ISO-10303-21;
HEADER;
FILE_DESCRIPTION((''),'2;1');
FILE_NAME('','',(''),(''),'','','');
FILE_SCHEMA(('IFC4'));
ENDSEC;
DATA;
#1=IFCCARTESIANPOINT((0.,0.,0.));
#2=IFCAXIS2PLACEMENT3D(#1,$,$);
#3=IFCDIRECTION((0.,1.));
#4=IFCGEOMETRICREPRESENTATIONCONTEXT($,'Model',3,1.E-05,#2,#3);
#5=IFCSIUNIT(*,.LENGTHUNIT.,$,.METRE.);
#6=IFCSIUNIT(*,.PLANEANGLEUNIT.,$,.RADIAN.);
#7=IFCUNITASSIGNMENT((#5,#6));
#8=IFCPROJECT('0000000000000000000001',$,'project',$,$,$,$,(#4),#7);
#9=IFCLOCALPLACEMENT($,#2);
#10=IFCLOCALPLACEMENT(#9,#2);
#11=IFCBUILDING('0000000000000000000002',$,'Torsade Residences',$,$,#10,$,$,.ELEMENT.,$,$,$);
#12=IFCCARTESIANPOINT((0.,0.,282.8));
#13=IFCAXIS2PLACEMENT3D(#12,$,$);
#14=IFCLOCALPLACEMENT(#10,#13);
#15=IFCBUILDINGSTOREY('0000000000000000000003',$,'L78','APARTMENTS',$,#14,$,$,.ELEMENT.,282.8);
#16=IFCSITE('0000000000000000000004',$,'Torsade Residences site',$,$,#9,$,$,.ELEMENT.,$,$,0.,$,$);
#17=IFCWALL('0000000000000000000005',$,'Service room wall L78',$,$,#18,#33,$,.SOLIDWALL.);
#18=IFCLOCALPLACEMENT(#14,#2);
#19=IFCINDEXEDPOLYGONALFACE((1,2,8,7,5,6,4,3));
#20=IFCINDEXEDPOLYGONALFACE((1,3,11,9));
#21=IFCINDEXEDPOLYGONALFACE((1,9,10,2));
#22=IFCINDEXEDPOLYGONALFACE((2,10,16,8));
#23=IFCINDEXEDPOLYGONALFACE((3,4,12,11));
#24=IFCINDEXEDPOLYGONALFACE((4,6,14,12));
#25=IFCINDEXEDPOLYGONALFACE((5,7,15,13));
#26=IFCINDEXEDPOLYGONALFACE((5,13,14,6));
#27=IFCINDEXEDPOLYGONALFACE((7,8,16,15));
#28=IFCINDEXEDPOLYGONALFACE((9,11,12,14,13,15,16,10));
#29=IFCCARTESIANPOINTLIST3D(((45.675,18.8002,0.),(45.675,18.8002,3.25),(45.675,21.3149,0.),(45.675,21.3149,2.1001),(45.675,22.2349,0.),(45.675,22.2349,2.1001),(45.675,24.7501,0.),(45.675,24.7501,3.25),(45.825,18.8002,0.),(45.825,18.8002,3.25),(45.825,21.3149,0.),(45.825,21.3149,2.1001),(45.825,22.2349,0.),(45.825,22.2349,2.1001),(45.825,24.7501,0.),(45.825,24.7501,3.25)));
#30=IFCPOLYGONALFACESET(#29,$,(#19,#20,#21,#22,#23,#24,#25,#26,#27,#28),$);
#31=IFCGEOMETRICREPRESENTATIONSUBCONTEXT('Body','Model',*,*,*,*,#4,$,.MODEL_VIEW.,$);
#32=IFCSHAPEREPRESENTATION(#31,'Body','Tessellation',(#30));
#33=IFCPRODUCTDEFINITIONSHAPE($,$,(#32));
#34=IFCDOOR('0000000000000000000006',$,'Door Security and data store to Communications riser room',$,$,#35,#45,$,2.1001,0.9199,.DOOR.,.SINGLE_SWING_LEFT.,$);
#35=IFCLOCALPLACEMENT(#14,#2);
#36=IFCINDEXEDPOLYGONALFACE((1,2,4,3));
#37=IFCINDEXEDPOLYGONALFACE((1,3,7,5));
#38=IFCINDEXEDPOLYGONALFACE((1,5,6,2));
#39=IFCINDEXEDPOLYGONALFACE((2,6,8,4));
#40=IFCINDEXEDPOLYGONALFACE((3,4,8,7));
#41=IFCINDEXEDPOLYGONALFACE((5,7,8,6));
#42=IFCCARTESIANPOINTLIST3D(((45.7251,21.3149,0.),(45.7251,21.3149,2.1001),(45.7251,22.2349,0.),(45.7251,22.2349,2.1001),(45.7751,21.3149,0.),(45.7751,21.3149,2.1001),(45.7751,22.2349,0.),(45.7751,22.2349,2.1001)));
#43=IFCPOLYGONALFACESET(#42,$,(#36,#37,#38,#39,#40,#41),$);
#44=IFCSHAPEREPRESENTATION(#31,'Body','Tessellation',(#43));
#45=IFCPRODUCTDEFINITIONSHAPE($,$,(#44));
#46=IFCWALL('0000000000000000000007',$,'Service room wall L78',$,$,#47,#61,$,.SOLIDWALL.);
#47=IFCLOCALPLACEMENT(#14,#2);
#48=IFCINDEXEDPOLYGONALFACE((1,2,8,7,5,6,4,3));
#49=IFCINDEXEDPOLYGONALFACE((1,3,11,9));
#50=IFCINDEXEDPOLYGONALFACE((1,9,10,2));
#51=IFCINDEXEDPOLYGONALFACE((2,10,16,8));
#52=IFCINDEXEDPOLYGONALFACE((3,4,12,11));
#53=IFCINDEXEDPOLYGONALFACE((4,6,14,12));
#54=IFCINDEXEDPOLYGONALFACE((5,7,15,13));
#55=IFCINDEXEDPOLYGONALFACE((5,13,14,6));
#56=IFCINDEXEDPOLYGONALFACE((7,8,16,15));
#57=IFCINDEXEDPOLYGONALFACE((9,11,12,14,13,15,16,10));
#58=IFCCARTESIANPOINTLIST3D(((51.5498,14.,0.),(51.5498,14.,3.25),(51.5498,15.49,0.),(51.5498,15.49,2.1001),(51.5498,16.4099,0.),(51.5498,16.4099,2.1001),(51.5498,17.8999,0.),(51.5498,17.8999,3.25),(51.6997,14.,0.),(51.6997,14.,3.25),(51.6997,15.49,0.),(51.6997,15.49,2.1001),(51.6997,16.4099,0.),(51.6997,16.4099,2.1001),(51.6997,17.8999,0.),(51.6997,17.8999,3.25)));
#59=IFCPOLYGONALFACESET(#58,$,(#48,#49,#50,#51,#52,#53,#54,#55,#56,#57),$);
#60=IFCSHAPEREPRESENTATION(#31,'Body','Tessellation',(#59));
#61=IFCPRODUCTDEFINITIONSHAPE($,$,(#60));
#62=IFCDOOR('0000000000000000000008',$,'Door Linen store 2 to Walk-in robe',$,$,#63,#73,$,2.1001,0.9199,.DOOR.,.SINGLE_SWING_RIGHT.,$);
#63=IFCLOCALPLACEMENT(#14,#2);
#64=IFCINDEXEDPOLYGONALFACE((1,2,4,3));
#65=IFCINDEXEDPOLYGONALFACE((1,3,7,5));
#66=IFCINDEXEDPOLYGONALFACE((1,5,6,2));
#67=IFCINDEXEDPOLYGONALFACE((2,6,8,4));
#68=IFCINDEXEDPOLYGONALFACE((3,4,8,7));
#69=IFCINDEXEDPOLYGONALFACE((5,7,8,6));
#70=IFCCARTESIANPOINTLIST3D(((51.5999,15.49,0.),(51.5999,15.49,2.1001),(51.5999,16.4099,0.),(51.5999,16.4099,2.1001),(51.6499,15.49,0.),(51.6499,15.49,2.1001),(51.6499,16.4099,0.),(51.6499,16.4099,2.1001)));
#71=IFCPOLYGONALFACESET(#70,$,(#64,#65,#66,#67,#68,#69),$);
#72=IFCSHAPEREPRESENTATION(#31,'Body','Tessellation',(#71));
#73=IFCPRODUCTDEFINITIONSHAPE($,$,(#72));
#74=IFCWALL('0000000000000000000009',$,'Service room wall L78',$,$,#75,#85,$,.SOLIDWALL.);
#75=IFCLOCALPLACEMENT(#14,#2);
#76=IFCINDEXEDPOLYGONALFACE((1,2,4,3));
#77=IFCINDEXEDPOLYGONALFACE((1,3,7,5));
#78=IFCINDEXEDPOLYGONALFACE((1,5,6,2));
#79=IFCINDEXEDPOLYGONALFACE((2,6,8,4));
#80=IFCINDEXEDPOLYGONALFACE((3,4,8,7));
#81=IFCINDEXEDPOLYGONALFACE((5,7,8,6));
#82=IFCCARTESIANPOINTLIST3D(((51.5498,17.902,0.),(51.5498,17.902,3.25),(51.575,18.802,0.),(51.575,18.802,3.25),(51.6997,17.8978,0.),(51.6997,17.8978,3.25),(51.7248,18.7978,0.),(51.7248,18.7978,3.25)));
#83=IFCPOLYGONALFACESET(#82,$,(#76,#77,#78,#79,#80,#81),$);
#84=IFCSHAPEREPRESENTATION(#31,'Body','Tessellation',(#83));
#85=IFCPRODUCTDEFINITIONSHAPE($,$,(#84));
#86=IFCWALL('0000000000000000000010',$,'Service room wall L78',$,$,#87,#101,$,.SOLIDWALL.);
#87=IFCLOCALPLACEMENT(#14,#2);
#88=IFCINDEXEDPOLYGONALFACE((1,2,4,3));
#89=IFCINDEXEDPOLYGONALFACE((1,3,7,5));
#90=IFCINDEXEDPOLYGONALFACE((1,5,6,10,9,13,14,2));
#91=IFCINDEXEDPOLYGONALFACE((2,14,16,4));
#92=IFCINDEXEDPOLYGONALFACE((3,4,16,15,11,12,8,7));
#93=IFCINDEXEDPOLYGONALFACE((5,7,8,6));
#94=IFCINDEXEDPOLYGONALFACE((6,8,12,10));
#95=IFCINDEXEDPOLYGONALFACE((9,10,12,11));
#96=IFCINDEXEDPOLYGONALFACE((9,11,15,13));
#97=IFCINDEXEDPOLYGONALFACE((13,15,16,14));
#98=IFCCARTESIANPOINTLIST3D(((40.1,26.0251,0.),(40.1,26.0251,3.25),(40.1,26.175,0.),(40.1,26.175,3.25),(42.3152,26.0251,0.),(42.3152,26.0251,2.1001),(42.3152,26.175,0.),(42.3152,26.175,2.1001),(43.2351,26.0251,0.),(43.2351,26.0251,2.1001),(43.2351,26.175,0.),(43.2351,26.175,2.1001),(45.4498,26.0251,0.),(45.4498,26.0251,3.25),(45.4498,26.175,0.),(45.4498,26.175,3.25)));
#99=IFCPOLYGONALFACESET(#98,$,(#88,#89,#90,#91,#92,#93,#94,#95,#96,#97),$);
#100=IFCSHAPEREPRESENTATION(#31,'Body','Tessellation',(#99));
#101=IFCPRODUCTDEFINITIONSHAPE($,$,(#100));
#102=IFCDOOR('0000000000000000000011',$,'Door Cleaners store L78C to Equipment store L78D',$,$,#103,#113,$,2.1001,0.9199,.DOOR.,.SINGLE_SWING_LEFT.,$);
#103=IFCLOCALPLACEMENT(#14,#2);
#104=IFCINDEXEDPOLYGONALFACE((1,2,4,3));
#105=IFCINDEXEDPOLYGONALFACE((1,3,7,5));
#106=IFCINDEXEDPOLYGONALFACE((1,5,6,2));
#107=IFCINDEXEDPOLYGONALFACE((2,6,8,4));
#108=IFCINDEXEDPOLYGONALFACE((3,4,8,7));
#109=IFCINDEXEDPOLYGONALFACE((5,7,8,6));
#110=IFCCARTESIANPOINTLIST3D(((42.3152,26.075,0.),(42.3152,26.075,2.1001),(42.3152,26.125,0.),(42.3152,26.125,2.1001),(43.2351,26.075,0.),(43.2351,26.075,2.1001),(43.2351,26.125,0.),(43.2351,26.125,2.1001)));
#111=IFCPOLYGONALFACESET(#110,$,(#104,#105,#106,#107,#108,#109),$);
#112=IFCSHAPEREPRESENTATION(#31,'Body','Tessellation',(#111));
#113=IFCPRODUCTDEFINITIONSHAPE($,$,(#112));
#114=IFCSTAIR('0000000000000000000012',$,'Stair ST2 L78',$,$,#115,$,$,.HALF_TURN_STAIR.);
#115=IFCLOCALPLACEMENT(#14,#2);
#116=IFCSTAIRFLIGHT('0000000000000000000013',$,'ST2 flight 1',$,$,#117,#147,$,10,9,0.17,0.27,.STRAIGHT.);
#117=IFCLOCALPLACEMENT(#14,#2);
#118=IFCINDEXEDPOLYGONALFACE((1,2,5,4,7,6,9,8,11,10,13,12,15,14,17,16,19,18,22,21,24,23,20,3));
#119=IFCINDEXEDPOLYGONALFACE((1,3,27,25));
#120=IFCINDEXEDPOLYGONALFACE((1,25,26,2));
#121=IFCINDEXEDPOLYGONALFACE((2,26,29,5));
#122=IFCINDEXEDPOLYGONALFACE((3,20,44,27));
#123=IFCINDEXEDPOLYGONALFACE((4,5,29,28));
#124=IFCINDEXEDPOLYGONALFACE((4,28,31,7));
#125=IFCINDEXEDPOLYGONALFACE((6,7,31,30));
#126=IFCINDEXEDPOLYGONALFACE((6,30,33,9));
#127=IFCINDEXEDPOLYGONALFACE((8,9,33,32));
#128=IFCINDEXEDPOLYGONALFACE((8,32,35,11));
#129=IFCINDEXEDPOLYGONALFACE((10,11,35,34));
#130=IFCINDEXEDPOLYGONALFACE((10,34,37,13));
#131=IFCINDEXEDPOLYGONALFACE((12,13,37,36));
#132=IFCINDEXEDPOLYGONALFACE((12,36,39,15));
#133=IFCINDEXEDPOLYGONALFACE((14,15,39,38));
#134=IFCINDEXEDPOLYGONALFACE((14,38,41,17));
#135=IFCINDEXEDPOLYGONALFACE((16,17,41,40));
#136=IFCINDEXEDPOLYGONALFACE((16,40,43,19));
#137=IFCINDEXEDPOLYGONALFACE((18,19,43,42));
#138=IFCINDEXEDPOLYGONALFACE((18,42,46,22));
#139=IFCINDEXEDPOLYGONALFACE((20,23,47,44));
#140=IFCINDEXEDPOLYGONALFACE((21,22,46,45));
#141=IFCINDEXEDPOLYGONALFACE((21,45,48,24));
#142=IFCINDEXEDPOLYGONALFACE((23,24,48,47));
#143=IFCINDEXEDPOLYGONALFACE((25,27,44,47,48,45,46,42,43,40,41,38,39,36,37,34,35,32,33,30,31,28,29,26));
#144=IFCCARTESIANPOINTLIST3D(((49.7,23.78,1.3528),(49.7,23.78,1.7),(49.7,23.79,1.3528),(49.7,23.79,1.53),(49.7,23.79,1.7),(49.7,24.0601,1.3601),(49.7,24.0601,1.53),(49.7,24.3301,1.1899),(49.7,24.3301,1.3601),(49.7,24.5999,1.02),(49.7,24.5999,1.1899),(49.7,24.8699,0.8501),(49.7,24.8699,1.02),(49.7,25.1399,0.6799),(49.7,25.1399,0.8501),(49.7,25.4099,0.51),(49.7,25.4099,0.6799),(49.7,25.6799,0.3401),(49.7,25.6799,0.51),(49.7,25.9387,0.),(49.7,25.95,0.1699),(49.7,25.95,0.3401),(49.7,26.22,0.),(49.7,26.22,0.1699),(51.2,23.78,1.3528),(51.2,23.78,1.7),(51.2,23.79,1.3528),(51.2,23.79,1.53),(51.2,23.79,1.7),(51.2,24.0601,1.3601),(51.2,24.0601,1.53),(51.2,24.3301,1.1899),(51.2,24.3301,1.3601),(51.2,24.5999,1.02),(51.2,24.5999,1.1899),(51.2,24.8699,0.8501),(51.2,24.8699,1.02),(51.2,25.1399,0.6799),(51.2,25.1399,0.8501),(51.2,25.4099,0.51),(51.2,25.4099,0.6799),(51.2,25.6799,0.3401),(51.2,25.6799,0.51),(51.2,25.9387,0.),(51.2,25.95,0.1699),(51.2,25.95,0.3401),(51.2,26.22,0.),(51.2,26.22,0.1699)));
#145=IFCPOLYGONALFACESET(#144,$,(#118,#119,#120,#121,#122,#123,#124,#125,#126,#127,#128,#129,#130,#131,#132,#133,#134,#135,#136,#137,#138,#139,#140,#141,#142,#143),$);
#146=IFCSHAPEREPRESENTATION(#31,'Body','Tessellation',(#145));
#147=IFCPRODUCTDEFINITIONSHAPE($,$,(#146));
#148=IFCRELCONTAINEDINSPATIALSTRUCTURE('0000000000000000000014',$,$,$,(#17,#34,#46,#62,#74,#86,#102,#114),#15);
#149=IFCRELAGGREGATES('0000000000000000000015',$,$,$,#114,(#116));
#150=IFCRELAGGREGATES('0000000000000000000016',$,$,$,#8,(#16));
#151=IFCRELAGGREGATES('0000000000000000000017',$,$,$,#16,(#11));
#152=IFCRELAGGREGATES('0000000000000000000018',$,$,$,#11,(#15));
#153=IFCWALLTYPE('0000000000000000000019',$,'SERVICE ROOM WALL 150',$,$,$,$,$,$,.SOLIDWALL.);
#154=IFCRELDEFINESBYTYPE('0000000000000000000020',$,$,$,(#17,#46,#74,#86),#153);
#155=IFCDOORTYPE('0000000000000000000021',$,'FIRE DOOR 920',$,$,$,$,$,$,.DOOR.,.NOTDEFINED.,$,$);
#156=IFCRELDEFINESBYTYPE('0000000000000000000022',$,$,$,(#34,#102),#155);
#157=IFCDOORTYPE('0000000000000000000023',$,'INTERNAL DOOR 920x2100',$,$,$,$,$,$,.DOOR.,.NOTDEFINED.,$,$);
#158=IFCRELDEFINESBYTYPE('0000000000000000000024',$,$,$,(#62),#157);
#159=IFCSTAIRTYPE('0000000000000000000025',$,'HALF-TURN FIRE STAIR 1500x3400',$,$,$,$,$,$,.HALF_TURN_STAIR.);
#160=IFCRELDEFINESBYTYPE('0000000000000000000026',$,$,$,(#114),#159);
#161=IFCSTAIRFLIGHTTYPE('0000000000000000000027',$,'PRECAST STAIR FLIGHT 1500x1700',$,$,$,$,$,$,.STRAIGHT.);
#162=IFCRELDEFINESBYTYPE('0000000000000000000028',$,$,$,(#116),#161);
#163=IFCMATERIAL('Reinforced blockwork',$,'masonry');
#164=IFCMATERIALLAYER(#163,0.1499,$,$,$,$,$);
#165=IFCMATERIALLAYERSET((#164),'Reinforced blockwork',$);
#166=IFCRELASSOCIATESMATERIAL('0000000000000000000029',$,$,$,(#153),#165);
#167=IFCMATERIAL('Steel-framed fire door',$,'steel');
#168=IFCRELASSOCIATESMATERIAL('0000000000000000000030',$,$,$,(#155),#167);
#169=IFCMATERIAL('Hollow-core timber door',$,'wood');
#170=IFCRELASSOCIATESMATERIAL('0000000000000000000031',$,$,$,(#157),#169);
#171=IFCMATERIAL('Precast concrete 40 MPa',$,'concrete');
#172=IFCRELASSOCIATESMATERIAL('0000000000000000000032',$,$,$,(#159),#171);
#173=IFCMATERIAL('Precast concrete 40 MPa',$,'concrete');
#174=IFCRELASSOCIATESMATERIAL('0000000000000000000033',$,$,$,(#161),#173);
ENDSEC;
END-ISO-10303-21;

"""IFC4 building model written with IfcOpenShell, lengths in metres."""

from ifc_helpers import new_model, si_unit, direction, frame, frame_2d, origin, place, context, subcontext, project, spatial, polyline, rectangle, outline, extrude, material, layer, layer_set, type_object, element, fill, aggregate, save


model = new_model("IFC4")

# Units and contexts
model_context = context("Model", 3, precision=1e-05, world=origin(), true_north=direction((0.0, 1.0)))
body_context = subcontext(model_context, "Body", "Model", "MODEL_VIEW")
ifc_project = project(units=[si_unit("LENGTHUNIT", "METRE"), si_unit("PLANEANGLEUNIT", "RADIAN")], contexts=[model_context])

# Site, building, storey
site_placement = place(None, origin())
site = spatial("IfcSite", under=ifc_project, at=site_placement, Name="Torsade Residences site", CompositionType="ELEMENT", RefElevation=0.0)
building_placement = place(site_placement, origin())
building = spatial("IfcBuilding", under=site, at=building_placement, Name="Torsade Residences", CompositionType="ELEMENT")
storey_placement = place(building_placement, frame((0.0, 0.0, 282.8)))
storey = spatial("IfcBuildingStorey", under=building, at=storey_placement, Name="L78", Description="APARTMENTS", CompositionType="ELEMENT", Elevation=282.8)

# Walls, openings, doors
ifc_material_1 = material(Name="Reinforced blockwork", Category="masonry")
ifc_layer_1 = layer(ifc_material_1, 0.1499)
ifc_layer_set_1 = layer_set([ifc_layer_1], Name="Reinforced blockwork")
wall_type_1 = type_object("IfcWallType", Name="SERVICE ROOM WALL 150", PredefinedType="SOLIDWALL", material=ifc_layer_set_1)
wall_1_placement = place(storey_placement, frame((45.75, 18.8, 0.0), z_axis=(0.0, 0.0, 1.0), x_axis=(0.0, 1.0, 0.0)))
wall_1 = element("IfcWall", 1, at=wall_1_placement, inside=storey, type_object=wall_type_1, Name="Service room wall L78", PredefinedType="SOLIDWALL", context=body_context, shape_type="SweptSolid", body=[
    extrude(rectangle(XDim=5.95, YDim=0.1499, at=frame_2d((2.9751, 0.0))), origin(), (0.0, 0.0, 1.0), 3.25),
])
opening_1_placement = place(wall_1_placement, frame((2.5149, 0.0, 0.0)))
opening_1 = element("IfcOpeningElement", 2, at=opening_1_placement, cuts=wall_1, PredefinedType="OPENING", context=body_context, shape_type="SweptSolid", body=[
    extrude(rectangle(XDim=0.9199, YDim=2.1001, at=frame_2d((0.46, 1.05))), frame((0.0, 0.085, 0.0), z_axis=(0.0, -1.0, 0.0), x_axis=(1.0, 0.0, 0.0)), (0.0, 0.0, 1.0), 0.1699),
])
ifc_material_2 = material(Name="Steel-framed fire door", Category="steel")
door_type_1 = type_object("IfcDoorType", Name="FIRE DOOR 920", OperationType="NOTDEFINED", PredefinedType="DOOR", material=ifc_material_2)
door_1_placement = place(opening_1_placement, origin())
door_1 = element("IfcDoor", 3, at=door_1_placement, inside=storey, type_object=door_type_1, Name="Door Security and data store to Communications riser room", OperationType="SINGLE_SWING_LEFT", OverallHeight=2.1001, OverallWidth=0.9199, PredefinedType="DOOR", context=body_context, shape_type="SweptSolid", body=[
    extrude(rectangle(XDim=0.9199, YDim=2.1001, at=frame_2d((0.46, 1.05))), frame((0.0, 0.0249, 0.0), z_axis=(0.0, -1.0, 0.0), x_axis=(1.0, 0.0, 0.0)), (0.0, 0.0, 1.0), 0.05),
])
fill(opening_1, door_1)
wall_2_placement = place(storey_placement, frame((51.6248, 14.0, 0.0), z_axis=(0.0, 0.0, 1.0), x_axis=(0.0, 1.0, 0.0)))
wall_2 = element("IfcWall", 4, at=wall_2_placement, inside=storey, type_object=wall_type_1, Name="Service room wall L78", PredefinedType="SOLIDWALL", context=body_context, shape_type="SweptSolid", body=[
    extrude(rectangle(XDim=3.8999, YDim=0.1499, at=frame_2d((1.95, 0.0))), origin(), (0.0, 0.0, 1.0), 3.25),
])
opening_2_placement = place(wall_2_placement, frame((1.49, 0.0, 0.0)))
opening_2 = element("IfcOpeningElement", 5, at=opening_2_placement, cuts=wall_2, PredefinedType="OPENING", context=body_context, shape_type="SweptSolid", body=[
    extrude(rectangle(XDim=0.9199, YDim=2.1001, at=frame_2d((0.46, 1.05))), frame((0.0, 0.085, 0.0), z_axis=(0.0, -1.0, 0.0), x_axis=(1.0, 0.0, 0.0)), (0.0, 0.0, 1.0), 0.1699),
])
ifc_material_3 = material(Name="Hollow-core timber door", Category="wood")
door_type_2 = type_object("IfcDoorType", Name="INTERNAL DOOR 920x2100", OperationType="NOTDEFINED", PredefinedType="DOOR", material=ifc_material_3)
door_2_placement = place(opening_2_placement, origin())
door_2 = element("IfcDoor", 6, at=door_2_placement, inside=storey, type_object=door_type_2, Name="Door Linen store 2 to Walk-in robe", OperationType="SINGLE_SWING_RIGHT", OverallHeight=2.1001, OverallWidth=0.9199, PredefinedType="DOOR", context=body_context, shape_type="SweptSolid", body=[
    extrude(rectangle(XDim=0.9199, YDim=2.1001, at=frame_2d((0.46, 1.05))), frame((0.0, 0.0249, 0.0), z_axis=(0.0, -1.0, 0.0), x_axis=(1.0, 0.0, 0.0)), (0.0, 0.0, 1.0), 0.05),
])
fill(opening_2, door_2)

# Wall
wall_3_placement = place(storey_placement, frame((51.6248, 17.8999, 0.0), z_axis=(0.0, 0.0, 1.0), x_axis=(0.027925, 0.99961, 0.0)))
element("IfcWall", 7, at=wall_3_placement, inside=storey, type_object=wall_type_1, Name="Service room wall L78", PredefinedType="SOLIDWALL", context=body_context, shape_type="SweptSolid", body=[
    extrude(rectangle(XDim=0.9004, YDim=0.1499, at=frame_2d((0.4502, 0.0))), origin(), (0.0, 0.0, 1.0), 3.25),
])

# Wall, opening, door
wall_4_placement = place(storey_placement, frame((40.1001, 26.1001, 0.0), z_axis=(0.0, 0.0, 1.0), x_axis=(1.0, 0.0, 0.0)))
wall_4 = element("IfcWall", 8, at=wall_4_placement, inside=storey, type_object=wall_type_1, Name="Service room wall L78", PredefinedType="SOLIDWALL", context=body_context, shape_type="SweptSolid", body=[
    extrude(rectangle(XDim=5.3499, YDim=0.1499, at=frame_2d((2.6748, 0.0))), origin(), (0.0, 0.0, 1.0), 3.25),
])
opening_3_placement = place(wall_4_placement, frame((2.2151, 0.0, 0.0)))
opening_3 = element("IfcOpeningElement", 9, at=opening_3_placement, cuts=wall_4, PredefinedType="OPENING", context=body_context, shape_type="SweptSolid", body=[
    extrude(rectangle(XDim=0.9199, YDim=2.1001, at=frame_2d((0.46, 1.05))), frame((0.0, 0.085, 0.0), z_axis=(0.0, -1.0, 0.0), x_axis=(1.0, 0.0, 0.0)), (0.0, 0.0, 1.0), 0.1699),
])
door_3_placement = place(opening_3_placement, origin())
door_3 = element("IfcDoor", 10, at=door_3_placement, inside=storey, type_object=door_type_1, Name="Door Cleaners store L78C to Equipment store L78D", OperationType="SINGLE_SWING_LEFT", OverallHeight=2.1001, OverallWidth=0.9199, PredefinedType="DOOR", context=body_context, shape_type="SweptSolid", body=[
    extrude(rectangle(XDim=0.9199, YDim=2.1001, at=frame_2d((0.46, 1.05))), frame((0.0, 0.0249, 0.0), z_axis=(0.0, -1.0, 0.0), x_axis=(1.0, 0.0, 0.0)), (0.0, 0.0, 1.0), 0.05),
])
fill(opening_3, door_3)

# Stair, stair flight
ifc_material_4 = material(Name="Precast concrete 40 MPa", Category="concrete")
stair_type = type_object("IfcStairType", Name="HALF-TURN FIRE STAIR 1500x3400", PredefinedType="HALF_TURN_STAIR", material=ifc_material_4)
stair_placement = place(storey_placement, origin())
stair = element("IfcStair", 11, at=stair_placement, inside=storey, type_object=stair_type, Name="Stair ST2 L78", PredefinedType="HALF_TURN_STAIR")
ifc_material_5 = material(Name="Precast concrete 40 MPa", Category="concrete")
stair_flight_type = type_object("IfcStairFlightType", Name="PRECAST STAIR FLIGHT 1500x1700", PredefinedType="STRAIGHT", material=ifc_material_5)
stair_flight_1_placement = place(storey_placement, frame((50.45, 26.22, 0.0), z_axis=(0.0, 0.0, 1.0), x_axis=(0.0, -1.0, 0.0)))
stair_flight_1 = element("IfcStairFlight", 12, at=stair_flight_1_placement, type_object=stair_flight_type, Name="ST2 flight 1", NumberOfRisers=10, NumberOfTreads=9, PredefinedType="STRAIGHT", RiserHeight=0.17, TreadLength=0.27, context=body_context, shape_type="SweptSolid", body=[
    extrude(outline(polyline([(0.0, 0.0), (0.0, 0.1699), (0.27, 0.1699), (0.27, 0.3401), (0.54, 0.3401), (0.54, 0.51), (0.8101, 0.51), (0.8101, 0.6799), (1.0801, 0.6799), (1.0801, 0.8501), (1.3501, 0.8501), (1.3501, 1.02), (1.6201, 1.02), (1.6201, 1.1899), (1.8899, 1.1899), (1.8899, 1.3601), (2.1599, 1.3601), (2.1599, 1.53), (2.4299, 1.53), (2.4299, 1.7), (2.4399, 1.7), (2.4399, 1.3528), (2.4299, 1.3528), (0.2812, 0.0), (0.0, 0.0)])), frame((0.0, 0.75, 0.0), z_axis=(0.0, -1.0, 0.0), x_axis=(1.0, 0.0, 0.0)), (0.0, 0.0, 1.0), 1.5),
])
aggregate(stair, [stair_flight_1])

save(model, "model.ifc")
